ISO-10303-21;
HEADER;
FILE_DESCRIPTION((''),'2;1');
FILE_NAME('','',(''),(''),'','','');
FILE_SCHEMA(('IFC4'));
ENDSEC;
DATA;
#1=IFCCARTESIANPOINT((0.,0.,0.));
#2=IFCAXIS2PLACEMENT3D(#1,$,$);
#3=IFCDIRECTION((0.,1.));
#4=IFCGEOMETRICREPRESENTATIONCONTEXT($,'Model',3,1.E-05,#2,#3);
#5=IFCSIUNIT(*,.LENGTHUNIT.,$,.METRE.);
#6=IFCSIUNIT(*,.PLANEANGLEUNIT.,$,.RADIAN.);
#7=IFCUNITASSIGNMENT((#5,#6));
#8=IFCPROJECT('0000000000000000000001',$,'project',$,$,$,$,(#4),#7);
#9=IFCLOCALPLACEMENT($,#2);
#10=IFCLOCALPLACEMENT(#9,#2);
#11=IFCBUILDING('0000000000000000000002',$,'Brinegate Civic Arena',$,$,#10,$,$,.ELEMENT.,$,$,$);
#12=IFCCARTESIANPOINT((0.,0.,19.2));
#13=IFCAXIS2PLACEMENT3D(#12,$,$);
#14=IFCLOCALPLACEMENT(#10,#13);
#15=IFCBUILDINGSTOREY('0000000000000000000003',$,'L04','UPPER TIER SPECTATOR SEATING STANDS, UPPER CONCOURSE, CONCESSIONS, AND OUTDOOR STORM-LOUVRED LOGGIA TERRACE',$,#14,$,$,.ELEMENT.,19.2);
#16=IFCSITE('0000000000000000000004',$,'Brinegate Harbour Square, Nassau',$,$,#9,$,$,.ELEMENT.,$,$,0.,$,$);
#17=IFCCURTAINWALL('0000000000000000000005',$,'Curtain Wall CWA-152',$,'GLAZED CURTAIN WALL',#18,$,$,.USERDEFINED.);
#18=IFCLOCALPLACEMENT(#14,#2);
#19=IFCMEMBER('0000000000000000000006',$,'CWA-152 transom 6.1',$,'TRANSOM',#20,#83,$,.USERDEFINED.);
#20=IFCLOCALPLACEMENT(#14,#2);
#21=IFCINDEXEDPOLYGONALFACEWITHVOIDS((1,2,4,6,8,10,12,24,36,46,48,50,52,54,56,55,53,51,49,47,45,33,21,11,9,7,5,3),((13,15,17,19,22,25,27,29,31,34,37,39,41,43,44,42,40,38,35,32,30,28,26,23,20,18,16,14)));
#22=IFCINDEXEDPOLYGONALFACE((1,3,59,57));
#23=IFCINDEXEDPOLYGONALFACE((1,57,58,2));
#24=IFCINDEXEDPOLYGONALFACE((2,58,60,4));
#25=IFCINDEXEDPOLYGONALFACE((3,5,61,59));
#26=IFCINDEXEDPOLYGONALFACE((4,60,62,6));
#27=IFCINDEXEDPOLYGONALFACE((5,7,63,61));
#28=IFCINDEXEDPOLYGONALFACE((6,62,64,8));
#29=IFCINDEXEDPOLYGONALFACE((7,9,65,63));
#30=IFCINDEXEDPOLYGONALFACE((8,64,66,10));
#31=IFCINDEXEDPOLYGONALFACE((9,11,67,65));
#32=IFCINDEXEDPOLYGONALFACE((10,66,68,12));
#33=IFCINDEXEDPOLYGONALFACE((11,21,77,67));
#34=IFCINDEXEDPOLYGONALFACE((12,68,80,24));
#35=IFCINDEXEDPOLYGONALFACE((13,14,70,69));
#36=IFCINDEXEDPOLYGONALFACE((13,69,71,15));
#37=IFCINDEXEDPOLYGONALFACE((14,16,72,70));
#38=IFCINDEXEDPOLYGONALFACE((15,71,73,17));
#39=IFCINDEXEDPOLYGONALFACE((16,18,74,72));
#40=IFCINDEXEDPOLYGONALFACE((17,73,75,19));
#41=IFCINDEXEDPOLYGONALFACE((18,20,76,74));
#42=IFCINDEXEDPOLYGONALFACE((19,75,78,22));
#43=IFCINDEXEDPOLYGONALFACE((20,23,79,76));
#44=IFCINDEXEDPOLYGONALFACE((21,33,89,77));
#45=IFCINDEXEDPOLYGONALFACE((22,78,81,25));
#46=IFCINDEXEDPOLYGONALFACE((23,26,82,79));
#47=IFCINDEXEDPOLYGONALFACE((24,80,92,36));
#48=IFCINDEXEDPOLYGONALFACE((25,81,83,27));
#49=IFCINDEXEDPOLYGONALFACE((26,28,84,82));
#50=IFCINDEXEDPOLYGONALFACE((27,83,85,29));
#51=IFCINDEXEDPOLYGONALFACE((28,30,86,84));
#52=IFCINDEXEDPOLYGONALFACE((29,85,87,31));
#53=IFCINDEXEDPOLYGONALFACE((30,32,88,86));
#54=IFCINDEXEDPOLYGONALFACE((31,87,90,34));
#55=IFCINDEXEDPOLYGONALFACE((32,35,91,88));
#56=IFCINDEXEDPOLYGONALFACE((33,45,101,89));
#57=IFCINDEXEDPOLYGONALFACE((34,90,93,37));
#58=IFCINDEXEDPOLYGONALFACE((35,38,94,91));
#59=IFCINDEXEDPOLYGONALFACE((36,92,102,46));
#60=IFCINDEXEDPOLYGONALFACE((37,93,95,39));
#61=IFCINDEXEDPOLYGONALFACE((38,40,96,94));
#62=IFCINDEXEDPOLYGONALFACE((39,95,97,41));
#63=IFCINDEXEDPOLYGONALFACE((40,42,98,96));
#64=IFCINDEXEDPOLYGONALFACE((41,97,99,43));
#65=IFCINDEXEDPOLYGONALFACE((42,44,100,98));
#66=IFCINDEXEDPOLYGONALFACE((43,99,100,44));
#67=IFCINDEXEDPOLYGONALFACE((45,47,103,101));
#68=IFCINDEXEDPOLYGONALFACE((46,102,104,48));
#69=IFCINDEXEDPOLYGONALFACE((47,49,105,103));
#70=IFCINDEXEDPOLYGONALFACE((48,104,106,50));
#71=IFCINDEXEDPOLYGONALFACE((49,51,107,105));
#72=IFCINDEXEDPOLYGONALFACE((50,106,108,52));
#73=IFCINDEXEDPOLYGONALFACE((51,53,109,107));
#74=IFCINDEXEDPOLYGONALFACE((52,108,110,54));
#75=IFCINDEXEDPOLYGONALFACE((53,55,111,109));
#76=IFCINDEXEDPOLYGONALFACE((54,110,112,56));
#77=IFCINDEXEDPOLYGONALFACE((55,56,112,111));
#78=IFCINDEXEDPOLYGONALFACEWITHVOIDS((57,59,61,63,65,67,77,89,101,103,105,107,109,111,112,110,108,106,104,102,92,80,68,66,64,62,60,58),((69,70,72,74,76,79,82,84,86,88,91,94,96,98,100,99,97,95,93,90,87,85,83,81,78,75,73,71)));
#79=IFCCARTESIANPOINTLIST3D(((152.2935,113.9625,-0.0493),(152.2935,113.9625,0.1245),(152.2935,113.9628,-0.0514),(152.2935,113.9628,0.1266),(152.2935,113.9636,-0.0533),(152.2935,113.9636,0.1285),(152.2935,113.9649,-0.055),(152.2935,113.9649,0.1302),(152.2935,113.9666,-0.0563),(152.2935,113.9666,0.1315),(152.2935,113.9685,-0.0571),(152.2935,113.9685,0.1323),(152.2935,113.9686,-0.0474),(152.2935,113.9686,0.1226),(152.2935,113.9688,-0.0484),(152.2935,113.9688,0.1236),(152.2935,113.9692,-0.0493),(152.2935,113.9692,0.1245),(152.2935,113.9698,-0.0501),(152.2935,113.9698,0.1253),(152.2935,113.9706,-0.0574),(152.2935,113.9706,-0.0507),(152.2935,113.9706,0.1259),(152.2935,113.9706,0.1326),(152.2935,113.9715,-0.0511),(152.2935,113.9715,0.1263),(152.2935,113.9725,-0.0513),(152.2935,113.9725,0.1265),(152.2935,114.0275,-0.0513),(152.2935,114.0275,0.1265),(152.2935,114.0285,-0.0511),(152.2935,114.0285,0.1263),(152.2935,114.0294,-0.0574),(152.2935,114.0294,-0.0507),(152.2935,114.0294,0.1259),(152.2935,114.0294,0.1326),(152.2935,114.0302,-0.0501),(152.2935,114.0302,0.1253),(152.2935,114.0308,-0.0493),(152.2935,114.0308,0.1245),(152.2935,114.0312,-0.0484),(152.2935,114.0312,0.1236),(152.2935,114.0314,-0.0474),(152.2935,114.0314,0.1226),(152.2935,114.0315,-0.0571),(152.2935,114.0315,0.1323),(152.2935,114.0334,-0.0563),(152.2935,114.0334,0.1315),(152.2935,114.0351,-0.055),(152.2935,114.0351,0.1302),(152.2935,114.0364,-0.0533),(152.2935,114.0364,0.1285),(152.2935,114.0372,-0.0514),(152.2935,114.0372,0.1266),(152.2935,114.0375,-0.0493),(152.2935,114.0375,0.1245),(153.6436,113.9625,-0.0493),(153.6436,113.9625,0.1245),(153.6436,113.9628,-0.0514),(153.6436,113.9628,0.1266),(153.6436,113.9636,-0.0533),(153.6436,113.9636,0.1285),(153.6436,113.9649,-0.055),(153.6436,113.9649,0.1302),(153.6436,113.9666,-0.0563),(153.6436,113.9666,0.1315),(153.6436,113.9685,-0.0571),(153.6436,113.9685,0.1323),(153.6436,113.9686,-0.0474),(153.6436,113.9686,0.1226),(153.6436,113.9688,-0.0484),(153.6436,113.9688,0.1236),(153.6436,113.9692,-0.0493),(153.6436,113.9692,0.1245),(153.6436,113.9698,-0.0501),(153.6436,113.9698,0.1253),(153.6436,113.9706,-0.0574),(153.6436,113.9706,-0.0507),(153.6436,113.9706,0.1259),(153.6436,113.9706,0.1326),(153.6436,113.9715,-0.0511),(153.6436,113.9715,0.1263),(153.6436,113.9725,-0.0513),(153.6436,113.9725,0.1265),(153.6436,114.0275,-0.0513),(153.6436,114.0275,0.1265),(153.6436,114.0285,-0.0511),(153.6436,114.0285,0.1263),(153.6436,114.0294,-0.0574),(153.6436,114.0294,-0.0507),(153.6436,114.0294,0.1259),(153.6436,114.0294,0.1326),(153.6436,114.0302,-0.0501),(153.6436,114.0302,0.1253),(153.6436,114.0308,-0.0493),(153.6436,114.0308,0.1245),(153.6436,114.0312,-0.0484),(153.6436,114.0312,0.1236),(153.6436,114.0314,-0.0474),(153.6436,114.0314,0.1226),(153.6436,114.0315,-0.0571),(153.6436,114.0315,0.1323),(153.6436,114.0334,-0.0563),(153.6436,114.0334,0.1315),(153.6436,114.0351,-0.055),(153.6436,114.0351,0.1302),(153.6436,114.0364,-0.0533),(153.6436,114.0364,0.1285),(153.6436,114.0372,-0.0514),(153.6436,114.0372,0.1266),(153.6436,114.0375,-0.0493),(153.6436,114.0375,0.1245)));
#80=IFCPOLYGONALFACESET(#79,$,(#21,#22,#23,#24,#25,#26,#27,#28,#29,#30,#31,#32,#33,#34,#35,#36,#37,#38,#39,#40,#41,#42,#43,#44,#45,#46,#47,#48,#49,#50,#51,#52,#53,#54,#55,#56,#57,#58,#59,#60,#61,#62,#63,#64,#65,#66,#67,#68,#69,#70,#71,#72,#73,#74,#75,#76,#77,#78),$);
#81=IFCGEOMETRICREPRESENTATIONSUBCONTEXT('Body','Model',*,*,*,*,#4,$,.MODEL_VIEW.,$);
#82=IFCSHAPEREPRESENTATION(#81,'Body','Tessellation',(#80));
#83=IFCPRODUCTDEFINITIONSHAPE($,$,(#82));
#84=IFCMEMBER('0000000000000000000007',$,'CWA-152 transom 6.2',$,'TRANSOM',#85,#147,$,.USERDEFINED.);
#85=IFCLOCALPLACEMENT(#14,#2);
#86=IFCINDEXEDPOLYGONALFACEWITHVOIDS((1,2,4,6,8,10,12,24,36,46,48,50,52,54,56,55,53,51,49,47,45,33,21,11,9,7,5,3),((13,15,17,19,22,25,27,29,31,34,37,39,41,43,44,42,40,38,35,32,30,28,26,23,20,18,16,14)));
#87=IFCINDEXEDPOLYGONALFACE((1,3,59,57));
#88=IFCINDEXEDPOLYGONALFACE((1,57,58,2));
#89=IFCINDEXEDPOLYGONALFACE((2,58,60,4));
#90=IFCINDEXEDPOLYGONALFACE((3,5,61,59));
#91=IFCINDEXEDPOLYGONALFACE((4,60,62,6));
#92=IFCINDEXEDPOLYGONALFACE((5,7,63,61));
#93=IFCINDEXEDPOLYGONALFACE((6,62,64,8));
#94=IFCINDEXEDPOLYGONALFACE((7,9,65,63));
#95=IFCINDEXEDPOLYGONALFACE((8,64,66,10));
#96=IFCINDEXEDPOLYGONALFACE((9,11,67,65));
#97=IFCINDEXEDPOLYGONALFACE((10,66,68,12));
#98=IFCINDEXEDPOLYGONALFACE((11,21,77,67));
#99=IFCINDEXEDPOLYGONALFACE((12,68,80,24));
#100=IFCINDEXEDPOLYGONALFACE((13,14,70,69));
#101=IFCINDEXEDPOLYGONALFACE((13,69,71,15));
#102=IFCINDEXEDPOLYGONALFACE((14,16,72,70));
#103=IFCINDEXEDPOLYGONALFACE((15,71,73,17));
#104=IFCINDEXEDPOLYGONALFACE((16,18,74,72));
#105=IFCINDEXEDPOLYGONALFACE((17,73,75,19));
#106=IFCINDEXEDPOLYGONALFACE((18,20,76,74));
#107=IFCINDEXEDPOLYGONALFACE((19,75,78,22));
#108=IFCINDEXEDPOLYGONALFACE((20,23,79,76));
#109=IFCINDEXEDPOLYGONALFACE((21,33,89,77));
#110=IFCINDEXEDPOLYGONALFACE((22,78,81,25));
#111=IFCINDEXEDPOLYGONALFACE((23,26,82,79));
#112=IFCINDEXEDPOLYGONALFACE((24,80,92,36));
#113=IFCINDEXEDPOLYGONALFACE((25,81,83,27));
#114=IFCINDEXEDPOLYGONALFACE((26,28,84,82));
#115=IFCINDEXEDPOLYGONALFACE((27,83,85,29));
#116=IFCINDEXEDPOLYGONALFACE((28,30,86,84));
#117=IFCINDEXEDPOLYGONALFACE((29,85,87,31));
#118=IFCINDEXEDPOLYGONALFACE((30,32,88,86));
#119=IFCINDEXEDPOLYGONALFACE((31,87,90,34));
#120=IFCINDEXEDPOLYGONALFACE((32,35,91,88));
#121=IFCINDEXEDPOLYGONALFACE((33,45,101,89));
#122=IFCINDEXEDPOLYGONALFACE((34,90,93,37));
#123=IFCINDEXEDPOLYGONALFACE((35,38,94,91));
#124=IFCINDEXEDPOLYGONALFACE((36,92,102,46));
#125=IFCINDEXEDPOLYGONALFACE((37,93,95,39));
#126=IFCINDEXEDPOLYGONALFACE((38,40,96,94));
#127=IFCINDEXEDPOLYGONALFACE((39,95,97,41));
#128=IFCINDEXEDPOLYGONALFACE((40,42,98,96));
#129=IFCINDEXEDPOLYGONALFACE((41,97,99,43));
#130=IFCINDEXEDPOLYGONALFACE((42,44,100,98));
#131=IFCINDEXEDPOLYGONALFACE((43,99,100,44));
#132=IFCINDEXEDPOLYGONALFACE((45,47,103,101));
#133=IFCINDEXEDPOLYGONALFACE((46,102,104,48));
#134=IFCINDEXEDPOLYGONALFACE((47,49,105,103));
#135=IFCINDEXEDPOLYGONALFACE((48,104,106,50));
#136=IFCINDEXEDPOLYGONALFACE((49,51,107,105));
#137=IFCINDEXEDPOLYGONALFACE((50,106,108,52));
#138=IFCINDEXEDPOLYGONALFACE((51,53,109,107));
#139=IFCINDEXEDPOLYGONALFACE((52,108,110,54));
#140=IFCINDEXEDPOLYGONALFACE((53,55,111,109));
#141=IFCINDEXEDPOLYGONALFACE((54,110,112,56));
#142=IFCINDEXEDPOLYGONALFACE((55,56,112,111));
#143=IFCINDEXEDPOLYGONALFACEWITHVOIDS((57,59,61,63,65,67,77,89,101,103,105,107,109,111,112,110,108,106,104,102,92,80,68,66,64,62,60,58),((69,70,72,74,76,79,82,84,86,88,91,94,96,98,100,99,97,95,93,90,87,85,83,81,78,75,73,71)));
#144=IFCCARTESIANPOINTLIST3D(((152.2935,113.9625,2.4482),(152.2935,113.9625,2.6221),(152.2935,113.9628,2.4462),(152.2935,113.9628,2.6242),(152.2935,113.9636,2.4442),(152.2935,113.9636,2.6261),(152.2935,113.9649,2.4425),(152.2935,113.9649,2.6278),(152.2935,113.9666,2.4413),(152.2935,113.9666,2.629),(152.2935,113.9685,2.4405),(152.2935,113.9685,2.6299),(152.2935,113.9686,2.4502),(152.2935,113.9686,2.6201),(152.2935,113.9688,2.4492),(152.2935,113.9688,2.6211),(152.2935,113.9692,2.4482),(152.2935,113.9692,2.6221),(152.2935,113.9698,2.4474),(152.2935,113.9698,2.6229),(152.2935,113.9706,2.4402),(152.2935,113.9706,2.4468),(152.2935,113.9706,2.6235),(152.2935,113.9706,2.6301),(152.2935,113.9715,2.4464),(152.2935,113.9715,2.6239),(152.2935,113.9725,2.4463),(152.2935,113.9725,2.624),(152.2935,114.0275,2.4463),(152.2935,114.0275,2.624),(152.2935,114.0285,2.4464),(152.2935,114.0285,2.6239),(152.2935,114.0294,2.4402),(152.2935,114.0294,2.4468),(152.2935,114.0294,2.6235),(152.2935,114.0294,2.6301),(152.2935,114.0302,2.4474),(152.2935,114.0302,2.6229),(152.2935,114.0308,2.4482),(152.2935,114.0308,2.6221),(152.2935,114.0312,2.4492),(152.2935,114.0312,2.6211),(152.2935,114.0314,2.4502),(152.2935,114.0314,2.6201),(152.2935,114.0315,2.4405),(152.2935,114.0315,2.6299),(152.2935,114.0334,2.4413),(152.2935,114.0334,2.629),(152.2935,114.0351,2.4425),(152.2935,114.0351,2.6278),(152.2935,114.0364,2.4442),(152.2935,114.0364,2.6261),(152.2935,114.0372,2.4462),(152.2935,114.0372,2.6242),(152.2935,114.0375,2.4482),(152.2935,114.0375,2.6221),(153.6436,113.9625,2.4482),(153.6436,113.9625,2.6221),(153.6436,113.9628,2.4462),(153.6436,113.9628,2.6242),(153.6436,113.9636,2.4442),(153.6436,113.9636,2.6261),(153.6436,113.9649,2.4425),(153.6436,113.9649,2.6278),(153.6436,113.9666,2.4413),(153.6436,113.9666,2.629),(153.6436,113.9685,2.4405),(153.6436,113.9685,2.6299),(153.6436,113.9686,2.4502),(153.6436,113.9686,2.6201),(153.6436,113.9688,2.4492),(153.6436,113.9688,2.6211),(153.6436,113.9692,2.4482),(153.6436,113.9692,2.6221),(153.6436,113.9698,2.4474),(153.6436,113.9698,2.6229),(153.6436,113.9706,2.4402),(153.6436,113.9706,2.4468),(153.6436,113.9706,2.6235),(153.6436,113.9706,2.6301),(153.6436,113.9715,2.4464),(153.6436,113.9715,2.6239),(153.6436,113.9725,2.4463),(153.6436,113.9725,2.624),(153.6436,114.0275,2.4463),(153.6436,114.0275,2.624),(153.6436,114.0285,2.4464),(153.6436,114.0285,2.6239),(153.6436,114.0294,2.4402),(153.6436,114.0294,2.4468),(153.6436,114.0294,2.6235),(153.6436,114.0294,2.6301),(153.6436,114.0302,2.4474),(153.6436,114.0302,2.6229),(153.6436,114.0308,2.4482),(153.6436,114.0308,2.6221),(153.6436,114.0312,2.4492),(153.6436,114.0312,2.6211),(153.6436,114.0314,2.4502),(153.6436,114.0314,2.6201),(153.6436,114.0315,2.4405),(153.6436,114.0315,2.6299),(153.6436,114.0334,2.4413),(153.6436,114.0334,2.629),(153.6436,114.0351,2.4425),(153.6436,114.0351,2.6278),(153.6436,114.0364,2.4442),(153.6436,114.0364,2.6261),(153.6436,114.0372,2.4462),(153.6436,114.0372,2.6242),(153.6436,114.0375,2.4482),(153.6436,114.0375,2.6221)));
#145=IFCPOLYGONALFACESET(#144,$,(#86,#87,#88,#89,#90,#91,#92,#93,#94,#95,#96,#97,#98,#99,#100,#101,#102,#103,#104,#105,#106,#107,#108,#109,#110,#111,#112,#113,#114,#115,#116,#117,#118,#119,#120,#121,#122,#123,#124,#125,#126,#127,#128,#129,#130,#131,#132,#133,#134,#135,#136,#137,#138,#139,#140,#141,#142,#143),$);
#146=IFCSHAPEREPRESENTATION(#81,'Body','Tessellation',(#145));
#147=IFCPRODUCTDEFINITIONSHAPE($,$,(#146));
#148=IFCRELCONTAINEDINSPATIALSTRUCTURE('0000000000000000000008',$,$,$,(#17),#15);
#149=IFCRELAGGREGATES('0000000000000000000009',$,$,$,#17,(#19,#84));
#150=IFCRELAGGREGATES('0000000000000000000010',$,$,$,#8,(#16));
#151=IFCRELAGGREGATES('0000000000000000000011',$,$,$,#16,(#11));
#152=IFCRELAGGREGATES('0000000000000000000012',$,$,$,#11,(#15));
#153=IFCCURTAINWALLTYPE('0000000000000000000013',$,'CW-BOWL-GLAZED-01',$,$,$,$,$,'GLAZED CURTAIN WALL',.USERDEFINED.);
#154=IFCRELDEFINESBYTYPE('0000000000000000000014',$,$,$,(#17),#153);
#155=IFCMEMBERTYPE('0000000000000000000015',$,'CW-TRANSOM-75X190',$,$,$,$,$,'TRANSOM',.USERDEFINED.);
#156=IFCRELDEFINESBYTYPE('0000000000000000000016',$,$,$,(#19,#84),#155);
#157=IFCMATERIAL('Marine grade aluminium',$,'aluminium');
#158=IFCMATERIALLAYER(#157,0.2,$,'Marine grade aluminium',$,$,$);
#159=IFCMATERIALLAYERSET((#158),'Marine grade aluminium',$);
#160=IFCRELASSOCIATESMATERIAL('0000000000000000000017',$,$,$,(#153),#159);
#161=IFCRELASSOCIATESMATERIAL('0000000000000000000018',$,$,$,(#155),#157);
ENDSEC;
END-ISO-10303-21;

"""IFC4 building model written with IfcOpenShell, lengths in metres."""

from ifc_helpers import new_model, si_unit, direction, frame, origin, origin_2d, place, context, subcontext, project, spatial, hollow_rectangle, extrude, material, layer, layer_set, material_profile, profile_set, type_object, element, aggregate, save


model = new_model("IFC4")

# Units and contexts
model_context = context("Model", 3, precision=1e-05, world=origin(), true_north=direction((0.0, 1.0)))
body_context = subcontext(model_context, "Body", "Model", "MODEL_VIEW")
ifc_project = project(units=[si_unit("LENGTHUNIT", "METRE"), si_unit("PLANEANGLEUNIT", "RADIAN")], contexts=[model_context])

# Site, building, storey
site_placement = place(None, origin())
site = spatial("IfcSite", under=ifc_project, at=site_placement, Name="Brinegate Harbour Square, Nassau", CompositionType="ELEMENT", RefElevation=0.0)
building_placement = place(site_placement, origin())
building = spatial("IfcBuilding", under=site, at=building_placement, Name="Brinegate Civic Arena", CompositionType="ELEMENT")
storey_placement = place(building_placement, frame((0.0, 0.0, 19.2)))
storey = spatial("IfcBuildingStorey", under=building, at=storey_placement, Name="L04", Description="UPPER TIER SPECTATOR SEATING STANDS, UPPER CONCOURSE, CONCESSIONS, AND OUTDOOR STORM-LOUVRED LOGGIA TERRACE", CompositionType="ELEMENT", Elevation=19.2)

# Curtain wall, members
ifc_material_1 = material(Name="Marine grade aluminium", Category="aluminium")
ifc_layer_1 = layer(ifc_material_1, 0.2, Name="Marine grade aluminium")
ifc_layer_set_1 = layer_set([ifc_layer_1], Name="Marine grade aluminium")
curtain_wall_type = type_object("IfcCurtainWallType", Name="CW-BOWL-GLAZED-01", ElementType="GLAZED CURTAIN WALL", PredefinedType="USERDEFINED", material=ifc_layer_set_1)
curtain_wall_placement = place(storey_placement, origin())
curtain_wall = element("IfcCurtainWall", 1, at=curtain_wall_placement, inside=storey, type_object=curtain_wall_type, Name="Curtain Wall CWA-152", ObjectType="GLAZED CURTAIN WALL", PredefinedType="USERDEFINED")
ifc_material_profile_1 = material_profile(ifc_material_1, hollow_rectangle(XDim=0.075, YDim=0.1899, WallThickness=0.0061, InnerFilletRadius=0.0039, OuterFilletRadius=0.0081, at=origin_2d()), Name="TRN75X190")
ifc_profile_set_1 = profile_set([ifc_material_profile_1], Name="Marine grade aluminium")
member_type_1 = type_object("IfcMemberType", Name="CW-TRANSOM-75X190", ElementType="TRANSOM", PredefinedType="USERDEFINED", material=ifc_profile_set_1)
member_1_placement = place(storey_placement, frame((152.2935, 114.0, 0.0376), z_axis=(1.0, 0.0, 0.0), x_axis=(0.0, 1.0, 0.0)))
member_1 = element("IfcMember", 2, at=member_1_placement, type_object=member_type_1, Name="CWA-152 transom 6.1", ObjectType="TRANSOM", PredefinedType="USERDEFINED", context=body_context, shape_type="SweptSolid", body=[
    extrude(hollow_rectangle(XDim=0.075, YDim=0.1899, WallThickness=0.0061, InnerFilletRadius=0.0039, OuterFilletRadius=0.0081, at=origin_2d()), origin(), (0.0, 0.0, 1.0), 1.3501),
])
member_2_placement = place(storey_placement, frame((152.2935, 114.0, 2.5352), z_axis=(1.0, 0.0, 0.0), x_axis=(0.0, 1.0, 0.0)))
member_2 = element("IfcMember", 3, at=member_2_placement, type_object=member_type_1, Name="CWA-152 transom 6.2", ObjectType="TRANSOM", PredefinedType="USERDEFINED", context=body_context, shape_type="SweptSolid", body=[
    extrude(hollow_rectangle(XDim=0.075, YDim=0.1899, WallThickness=0.0061, InnerFilletRadius=0.0039, OuterFilletRadius=0.0081, at=origin_2d()), origin(), (0.0, 0.0, 1.0), 1.3501),
])

aggregate(curtain_wall, [member_1, member_2])

save(model, "model.ifc")
